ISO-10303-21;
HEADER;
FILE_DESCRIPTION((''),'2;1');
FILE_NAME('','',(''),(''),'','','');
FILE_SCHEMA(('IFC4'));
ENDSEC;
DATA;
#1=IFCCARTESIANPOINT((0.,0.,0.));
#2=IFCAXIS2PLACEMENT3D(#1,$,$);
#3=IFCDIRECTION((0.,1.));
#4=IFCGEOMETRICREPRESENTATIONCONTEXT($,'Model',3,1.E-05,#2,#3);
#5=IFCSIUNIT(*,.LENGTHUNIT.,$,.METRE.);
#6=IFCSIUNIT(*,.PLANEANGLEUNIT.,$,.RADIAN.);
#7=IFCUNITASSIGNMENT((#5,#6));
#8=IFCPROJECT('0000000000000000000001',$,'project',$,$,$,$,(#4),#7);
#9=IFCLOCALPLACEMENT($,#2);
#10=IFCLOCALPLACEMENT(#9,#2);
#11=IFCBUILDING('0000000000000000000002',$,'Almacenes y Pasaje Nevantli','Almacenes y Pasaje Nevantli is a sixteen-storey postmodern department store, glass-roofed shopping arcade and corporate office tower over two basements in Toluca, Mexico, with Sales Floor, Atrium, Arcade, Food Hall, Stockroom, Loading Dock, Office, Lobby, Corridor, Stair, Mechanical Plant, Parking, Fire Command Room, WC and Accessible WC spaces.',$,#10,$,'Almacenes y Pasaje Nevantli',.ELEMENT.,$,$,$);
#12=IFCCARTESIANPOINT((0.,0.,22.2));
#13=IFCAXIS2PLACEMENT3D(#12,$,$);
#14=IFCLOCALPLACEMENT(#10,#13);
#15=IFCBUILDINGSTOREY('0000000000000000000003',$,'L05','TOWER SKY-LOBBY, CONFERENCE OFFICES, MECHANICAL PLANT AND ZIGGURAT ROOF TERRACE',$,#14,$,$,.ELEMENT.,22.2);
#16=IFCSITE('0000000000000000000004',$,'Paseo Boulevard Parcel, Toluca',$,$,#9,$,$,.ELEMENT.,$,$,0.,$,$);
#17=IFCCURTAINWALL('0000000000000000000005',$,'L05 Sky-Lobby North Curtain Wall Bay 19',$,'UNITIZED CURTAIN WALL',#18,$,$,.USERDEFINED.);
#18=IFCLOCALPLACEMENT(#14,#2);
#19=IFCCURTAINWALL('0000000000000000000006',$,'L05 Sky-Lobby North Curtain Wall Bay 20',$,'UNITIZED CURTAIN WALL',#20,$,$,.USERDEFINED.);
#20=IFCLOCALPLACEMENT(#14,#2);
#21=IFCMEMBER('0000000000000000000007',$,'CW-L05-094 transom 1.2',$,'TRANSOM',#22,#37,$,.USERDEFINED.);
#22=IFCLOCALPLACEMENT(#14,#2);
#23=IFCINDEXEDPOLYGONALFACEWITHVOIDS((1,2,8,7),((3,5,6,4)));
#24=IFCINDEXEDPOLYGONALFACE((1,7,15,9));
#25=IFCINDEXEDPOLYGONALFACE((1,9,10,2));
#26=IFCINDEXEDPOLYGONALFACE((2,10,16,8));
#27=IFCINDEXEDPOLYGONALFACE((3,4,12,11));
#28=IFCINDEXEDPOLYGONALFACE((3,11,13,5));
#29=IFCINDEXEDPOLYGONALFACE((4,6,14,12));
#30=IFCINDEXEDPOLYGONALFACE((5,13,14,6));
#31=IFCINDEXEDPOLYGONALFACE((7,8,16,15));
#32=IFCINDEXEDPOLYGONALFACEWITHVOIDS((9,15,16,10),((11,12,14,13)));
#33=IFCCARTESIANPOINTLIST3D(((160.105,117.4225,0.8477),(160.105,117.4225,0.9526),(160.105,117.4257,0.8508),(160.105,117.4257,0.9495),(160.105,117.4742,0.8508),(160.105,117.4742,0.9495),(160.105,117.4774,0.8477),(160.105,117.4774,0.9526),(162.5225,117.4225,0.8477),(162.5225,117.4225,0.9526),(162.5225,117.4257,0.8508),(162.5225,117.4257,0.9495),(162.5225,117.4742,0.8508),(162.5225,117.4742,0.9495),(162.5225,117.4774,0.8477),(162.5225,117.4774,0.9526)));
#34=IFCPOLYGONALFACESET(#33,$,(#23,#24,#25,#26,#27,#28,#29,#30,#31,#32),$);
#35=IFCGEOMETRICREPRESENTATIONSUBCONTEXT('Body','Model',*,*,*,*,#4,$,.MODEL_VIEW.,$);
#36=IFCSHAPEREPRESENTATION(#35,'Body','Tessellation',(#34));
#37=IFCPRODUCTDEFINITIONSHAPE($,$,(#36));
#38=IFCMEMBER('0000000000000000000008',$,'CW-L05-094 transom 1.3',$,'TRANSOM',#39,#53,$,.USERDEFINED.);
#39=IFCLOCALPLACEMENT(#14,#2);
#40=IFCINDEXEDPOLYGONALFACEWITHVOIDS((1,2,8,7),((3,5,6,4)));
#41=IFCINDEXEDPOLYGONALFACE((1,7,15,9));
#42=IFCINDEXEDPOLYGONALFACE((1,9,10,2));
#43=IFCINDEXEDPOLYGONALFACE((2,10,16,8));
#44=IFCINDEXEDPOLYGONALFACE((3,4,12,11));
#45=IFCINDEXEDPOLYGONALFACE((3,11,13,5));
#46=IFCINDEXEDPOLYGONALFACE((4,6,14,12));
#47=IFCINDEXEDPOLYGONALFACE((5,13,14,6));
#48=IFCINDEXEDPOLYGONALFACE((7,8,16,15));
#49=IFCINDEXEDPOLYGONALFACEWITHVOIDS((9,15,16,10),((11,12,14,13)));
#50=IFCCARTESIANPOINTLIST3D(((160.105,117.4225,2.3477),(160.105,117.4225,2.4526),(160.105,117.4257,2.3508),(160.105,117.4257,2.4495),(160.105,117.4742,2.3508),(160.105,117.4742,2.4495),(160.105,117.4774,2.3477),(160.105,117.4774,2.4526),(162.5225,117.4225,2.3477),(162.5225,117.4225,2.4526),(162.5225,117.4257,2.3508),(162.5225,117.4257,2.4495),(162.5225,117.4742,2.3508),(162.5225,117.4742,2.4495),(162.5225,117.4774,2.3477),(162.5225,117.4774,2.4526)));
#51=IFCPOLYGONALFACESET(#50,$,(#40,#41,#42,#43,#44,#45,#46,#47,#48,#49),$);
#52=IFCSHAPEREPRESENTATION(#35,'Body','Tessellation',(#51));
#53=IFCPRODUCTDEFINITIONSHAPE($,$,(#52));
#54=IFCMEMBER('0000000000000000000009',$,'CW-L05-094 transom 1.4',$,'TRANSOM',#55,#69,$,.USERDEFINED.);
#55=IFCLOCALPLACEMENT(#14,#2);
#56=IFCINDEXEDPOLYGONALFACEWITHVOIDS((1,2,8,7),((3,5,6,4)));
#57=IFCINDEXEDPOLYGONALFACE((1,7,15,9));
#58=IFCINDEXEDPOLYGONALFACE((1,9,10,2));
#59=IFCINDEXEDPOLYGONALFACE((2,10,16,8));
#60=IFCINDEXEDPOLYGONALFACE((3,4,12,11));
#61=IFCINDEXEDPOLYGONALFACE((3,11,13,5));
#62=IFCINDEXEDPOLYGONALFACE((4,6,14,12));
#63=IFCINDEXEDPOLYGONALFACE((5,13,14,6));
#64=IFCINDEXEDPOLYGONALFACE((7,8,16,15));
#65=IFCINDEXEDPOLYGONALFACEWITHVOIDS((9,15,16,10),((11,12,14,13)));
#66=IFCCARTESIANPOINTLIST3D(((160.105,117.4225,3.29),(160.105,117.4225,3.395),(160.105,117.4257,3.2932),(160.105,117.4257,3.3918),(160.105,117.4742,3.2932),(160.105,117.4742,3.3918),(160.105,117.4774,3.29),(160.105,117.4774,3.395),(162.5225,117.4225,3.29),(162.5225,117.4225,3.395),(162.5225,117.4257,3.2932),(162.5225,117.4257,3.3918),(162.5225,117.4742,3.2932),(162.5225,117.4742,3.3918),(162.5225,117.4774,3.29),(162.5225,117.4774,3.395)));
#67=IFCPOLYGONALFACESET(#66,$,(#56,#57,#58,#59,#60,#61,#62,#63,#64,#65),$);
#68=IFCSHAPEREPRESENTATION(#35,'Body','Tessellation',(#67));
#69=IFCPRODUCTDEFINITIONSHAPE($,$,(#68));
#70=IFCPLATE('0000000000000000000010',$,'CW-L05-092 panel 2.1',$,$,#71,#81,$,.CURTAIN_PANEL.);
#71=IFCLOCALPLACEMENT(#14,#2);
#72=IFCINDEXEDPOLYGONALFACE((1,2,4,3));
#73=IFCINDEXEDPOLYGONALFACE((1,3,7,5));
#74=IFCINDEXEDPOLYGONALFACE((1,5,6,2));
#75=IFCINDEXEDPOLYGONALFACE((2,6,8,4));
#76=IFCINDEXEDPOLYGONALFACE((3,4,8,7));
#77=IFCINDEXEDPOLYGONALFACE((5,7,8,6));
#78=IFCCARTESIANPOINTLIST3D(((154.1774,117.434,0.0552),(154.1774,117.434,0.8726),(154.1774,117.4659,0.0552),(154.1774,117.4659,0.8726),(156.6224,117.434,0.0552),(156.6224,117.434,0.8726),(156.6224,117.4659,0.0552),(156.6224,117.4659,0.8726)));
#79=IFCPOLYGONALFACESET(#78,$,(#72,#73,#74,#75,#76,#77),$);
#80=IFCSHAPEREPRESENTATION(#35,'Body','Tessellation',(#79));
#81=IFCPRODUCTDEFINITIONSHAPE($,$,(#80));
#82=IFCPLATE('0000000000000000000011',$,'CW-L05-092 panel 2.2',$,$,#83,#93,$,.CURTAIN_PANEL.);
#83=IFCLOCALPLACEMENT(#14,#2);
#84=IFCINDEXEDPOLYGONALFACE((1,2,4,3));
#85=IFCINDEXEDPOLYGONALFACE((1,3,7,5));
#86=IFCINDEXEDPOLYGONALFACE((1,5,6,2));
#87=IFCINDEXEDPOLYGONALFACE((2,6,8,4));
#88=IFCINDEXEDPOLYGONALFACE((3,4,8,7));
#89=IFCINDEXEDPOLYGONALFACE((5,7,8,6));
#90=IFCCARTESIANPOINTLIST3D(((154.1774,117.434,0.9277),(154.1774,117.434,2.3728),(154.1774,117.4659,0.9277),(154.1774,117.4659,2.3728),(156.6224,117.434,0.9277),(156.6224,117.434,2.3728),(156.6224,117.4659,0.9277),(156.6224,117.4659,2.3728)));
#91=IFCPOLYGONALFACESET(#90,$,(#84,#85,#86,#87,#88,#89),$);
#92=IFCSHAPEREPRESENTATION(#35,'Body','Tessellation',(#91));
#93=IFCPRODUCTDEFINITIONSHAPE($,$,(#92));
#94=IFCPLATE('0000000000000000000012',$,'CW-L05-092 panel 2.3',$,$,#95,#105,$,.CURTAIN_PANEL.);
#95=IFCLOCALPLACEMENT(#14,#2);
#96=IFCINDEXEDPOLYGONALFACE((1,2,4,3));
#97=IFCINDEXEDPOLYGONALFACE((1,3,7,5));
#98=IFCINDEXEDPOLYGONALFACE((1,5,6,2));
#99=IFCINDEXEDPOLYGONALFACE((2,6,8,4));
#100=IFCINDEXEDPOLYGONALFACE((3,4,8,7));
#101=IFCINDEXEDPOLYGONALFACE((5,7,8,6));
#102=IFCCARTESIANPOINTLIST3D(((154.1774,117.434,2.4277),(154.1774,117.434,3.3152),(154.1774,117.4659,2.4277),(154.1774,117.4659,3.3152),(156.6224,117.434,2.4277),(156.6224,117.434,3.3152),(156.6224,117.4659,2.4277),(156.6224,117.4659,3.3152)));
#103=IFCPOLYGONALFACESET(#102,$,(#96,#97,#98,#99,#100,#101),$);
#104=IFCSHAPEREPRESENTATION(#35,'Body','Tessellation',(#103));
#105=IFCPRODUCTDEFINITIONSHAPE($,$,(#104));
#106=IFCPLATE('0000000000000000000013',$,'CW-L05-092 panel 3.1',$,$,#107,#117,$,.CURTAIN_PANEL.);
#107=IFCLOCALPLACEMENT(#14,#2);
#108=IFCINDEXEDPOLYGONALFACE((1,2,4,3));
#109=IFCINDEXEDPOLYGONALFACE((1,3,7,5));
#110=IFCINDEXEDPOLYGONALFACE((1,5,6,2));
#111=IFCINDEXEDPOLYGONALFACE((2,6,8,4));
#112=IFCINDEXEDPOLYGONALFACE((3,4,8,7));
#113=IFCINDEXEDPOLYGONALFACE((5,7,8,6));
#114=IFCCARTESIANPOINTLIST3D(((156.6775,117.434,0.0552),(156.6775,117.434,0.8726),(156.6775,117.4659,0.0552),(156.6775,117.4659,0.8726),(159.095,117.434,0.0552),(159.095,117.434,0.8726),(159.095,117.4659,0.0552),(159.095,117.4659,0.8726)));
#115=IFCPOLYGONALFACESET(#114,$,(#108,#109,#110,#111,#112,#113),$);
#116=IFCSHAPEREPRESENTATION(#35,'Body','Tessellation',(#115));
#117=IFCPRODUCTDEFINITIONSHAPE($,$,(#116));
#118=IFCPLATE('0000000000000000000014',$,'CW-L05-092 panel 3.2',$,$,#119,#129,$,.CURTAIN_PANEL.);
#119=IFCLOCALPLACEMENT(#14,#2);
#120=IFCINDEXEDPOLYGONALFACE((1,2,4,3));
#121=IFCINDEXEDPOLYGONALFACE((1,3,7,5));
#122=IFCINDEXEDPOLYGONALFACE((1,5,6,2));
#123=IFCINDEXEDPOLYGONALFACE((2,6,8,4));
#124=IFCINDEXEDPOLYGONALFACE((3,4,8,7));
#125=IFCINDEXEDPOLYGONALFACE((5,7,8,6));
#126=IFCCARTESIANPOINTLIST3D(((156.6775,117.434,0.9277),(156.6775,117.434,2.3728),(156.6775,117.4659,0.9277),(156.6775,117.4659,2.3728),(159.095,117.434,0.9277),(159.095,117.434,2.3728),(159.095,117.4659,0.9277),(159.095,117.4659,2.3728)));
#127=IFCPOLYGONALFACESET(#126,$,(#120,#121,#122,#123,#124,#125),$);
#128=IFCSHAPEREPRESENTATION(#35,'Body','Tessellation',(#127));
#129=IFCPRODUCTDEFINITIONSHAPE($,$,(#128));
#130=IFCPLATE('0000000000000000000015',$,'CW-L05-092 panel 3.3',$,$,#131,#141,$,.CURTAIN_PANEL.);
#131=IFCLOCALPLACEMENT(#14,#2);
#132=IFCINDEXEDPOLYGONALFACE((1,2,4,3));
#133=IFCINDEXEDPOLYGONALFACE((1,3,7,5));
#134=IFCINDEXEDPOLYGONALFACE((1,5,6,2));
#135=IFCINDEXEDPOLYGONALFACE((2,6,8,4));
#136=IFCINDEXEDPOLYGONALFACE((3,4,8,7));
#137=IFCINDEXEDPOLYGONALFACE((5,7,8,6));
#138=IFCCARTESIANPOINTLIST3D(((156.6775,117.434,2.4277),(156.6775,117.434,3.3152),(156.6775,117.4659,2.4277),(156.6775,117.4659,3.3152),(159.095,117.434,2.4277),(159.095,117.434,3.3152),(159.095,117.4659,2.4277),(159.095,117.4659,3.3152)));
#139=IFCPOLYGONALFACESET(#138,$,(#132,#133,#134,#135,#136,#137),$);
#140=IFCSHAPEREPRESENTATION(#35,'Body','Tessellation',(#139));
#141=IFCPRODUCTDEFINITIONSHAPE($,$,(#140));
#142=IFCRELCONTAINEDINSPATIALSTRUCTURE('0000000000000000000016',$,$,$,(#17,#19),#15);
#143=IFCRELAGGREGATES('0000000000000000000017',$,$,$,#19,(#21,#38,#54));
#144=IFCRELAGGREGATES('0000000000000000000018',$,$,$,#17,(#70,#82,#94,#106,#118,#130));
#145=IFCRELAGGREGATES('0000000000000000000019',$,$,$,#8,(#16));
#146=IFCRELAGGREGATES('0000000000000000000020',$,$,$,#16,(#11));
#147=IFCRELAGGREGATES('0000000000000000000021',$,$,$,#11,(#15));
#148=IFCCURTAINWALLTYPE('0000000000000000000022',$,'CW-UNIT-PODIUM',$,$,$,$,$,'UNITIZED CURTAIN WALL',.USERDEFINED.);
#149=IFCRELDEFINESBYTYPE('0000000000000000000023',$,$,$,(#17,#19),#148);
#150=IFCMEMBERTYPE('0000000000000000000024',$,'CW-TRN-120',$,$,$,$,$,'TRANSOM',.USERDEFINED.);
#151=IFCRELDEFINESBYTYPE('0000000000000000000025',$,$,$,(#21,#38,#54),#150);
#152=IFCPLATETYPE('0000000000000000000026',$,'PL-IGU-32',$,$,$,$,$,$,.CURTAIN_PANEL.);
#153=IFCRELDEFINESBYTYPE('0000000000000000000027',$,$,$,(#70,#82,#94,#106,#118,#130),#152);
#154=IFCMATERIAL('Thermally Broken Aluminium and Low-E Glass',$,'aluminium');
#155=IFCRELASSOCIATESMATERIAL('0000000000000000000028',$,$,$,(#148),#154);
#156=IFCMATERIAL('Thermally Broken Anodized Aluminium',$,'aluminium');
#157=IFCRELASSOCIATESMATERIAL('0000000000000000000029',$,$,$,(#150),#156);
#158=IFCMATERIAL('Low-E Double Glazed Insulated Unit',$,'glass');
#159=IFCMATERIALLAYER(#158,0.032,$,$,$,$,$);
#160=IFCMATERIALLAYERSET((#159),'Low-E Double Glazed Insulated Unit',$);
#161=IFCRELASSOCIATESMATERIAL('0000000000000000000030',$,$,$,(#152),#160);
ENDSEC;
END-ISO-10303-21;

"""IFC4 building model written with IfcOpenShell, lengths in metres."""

from ifc_helpers import new_model, si_unit, direction, frame, origin, origin_2d, place, context, subcontext, project, spatial, rectangle, hollow_rectangle, extrude, material, layer, layer_set, material_profile, profile_set, type_object, element, aggregate, save


model = new_model("IFC4")

# Units and contexts
model_context = context("Model", 3, precision=1e-05, world=origin(), true_north=direction((0.0, 1.0)))
body_context = subcontext(model_context, "Body", "Model", "MODEL_VIEW")
ifc_project = project(units=[si_unit("LENGTHUNIT", "METRE"), si_unit("PLANEANGLEUNIT", "RADIAN")], contexts=[model_context])

# Site, building, storey
site_placement = place(None, origin())
site = spatial("IfcSite", under=ifc_project, at=site_placement, Name="Paseo Boulevard Parcel, Toluca", CompositionType="ELEMENT", RefElevation=0.0)
building_placement = place(site_placement, origin())
building = spatial("IfcBuilding", under=site, at=building_placement, Name="Almacenes y Pasaje Nevantli", Description="Almacenes y Pasaje Nevantli is a sixteen-storey postmodern department store, glass-roofed shopping arcade and corporate office tower over two basements in Toluca, Mexico, with Sales Floor, Atrium, Arcade, Food Hall, Stockroom, Loading Dock, Office, Lobby, Corridor, Stair, Mechanical Plant, Parking, Fire Command Room, WC and Accessible WC spaces.", LongName="Almacenes y Pasaje Nevantli", CompositionType="ELEMENT")
storey_placement = place(building_placement, frame((0.0, 0.0, 22.2)))
storey = spatial("IfcBuildingStorey", under=building, at=storey_placement, Name="L05", Description="TOWER SKY-LOBBY, CONFERENCE OFFICES, MECHANICAL PLANT AND ZIGGURAT ROOF TERRACE", CompositionType="ELEMENT", Elevation=22.2)

# Curtain wall
ifc_material_1 = material(Name="Thermally Broken Aluminium and Low-E Glass", Category="aluminium")
curtain_wall_type = type_object("IfcCurtainWallType", Name="CW-UNIT-PODIUM", ElementType="UNITIZED CURTAIN WALL", PredefinedType="USERDEFINED", material=ifc_material_1)
curtain_wall_1_placement = place(storey_placement, origin())
curtain_wall_1 = element("IfcCurtainWall", 1, at=curtain_wall_1_placement, inside=storey, type_object=curtain_wall_type, Name="L05 Sky-Lobby North Curtain Wall Bay 19", ObjectType="UNITIZED CURTAIN WALL", PredefinedType="USERDEFINED")

# Curtain wall
curtain_wall_2_placement = place(storey_placement, origin())
curtain_wall_2 = element("IfcCurtainWall", 2, at=curtain_wall_2_placement, inside=storey, type_object=curtain_wall_type, Name="L05 Sky-Lobby North Curtain Wall Bay 20", ObjectType="UNITIZED CURTAIN WALL", PredefinedType="USERDEFINED")

# Members
ifc_material_2 = material(Name="Thermally Broken Anodized Aluminium", Category="aluminium")
ifc_material_profile_1 = material_profile(ifc_material_2, hollow_rectangle(XDim=0.0549, YDim=0.105, WallThickness=0.0032, at=origin_2d()), Name="ALU-TRN-55x105")
ifc_profile_set_1 = profile_set([ifc_material_profile_1], Name="Thermally Broken Anodized Aluminium")
member_type_1 = type_object("IfcMemberType", Name="CW-TRN-120", ElementType="TRANSOM", PredefinedType="USERDEFINED", material=ifc_profile_set_1)
member_1_placement = place(storey_placement, frame((160.105, 117.45, 0.9001), z_axis=(1.0, 0.0, 0.0), x_axis=(0.0, 1.0, 0.0)))
member_1 = element("IfcMember", 3, at=member_1_placement, type_object=member_type_1, Name="CW-L05-094 transom 1.2", ObjectType="TRANSOM", PredefinedType="USERDEFINED", context=body_context, shape_type="SweptSolid", body=[
    extrude(hollow_rectangle(XDim=0.0549, YDim=0.105, WallThickness=0.0032, at=origin_2d()), origin(), (0.0, 0.0, 1.0), 2.4175),
])
member_2_placement = place(storey_placement, frame((160.105, 117.45, 2.4001), z_axis=(1.0, 0.0, 0.0), x_axis=(0.0, 1.0, 0.0)))
member_2 = element("IfcMember", 4, at=member_2_placement, type_object=member_type_1, Name="CW-L05-094 transom 1.3", ObjectType="TRANSOM", PredefinedType="USERDEFINED", context=body_context, shape_type="SweptSolid", body=[
    extrude(hollow_rectangle(XDim=0.0549, YDim=0.105, WallThickness=0.0032, at=origin_2d()), origin(), (0.0, 0.0, 1.0), 2.4175),
])
member_3_placement = place(storey_placement, frame((160.105, 117.45, 3.3425), z_axis=(1.0, 0.0, 0.0), x_axis=(0.0, 1.0, 0.0)))
member_3 = element("IfcMember", 5, at=member_3_placement, type_object=member_type_1, Name="CW-L05-094 transom 1.4", ObjectType="TRANSOM", PredefinedType="USERDEFINED", context=body_context, shape_type="SweptSolid", body=[
    extrude(hollow_rectangle(XDim=0.0549, YDim=0.105, WallThickness=0.0032, at=origin_2d()), origin(), (0.0, 0.0, 1.0), 2.4175),
])
aggregate(curtain_wall_2, [member_1, member_2, member_3])

# Plates
ifc_material_3 = material(Name="Low-E Double Glazed Insulated Unit", Category="glass")
ifc_layer = layer(ifc_material_3, 0.032)
ifc_layer_set = layer_set([ifc_layer], Name="Low-E Double Glazed Insulated Unit")
plate_type = type_object("IfcPlateType", Name="PL-IGU-32", PredefinedType="CURTAIN_PANEL", material=ifc_layer_set)
plate_1_placement = place(storey_placement, frame((155.3999, 117.45, 0.0552), z_axis=(0.0, 0.0, 1.0), x_axis=(1.0, 0.0, 0.0)))
plate_1 = element("IfcPlate", 6, at=plate_1_placement, type_object=plate_type, Name="CW-L05-092 panel 2.1", PredefinedType="CURTAIN_PANEL", context=body_context, shape_type="SweptSolid", body=[
    extrude(rectangle(XDim=2.4451, YDim=0.032, at=origin_2d()), origin(), (0.0, 0.0, 1.0), 0.8174),
])
plate_2_placement = place(storey_placement, frame((155.3999, 117.45, 0.9277), z_axis=(0.0, 0.0, 1.0), x_axis=(1.0, 0.0, 0.0)))
plate_2 = element("IfcPlate", 7, at=plate_2_placement, type_object=plate_type, Name="CW-L05-092 panel 2.2", PredefinedType="CURTAIN_PANEL", context=body_context, shape_type="SweptSolid", body=[
    extrude(rectangle(XDim=2.4451, YDim=0.032, at=origin_2d()), origin(), (0.0, 0.0, 1.0), 1.4451),
])
plate_3_placement = place(storey_placement, frame((155.3999, 117.45, 2.4277), z_axis=(0.0, 0.0, 1.0), x_axis=(1.0, 0.0, 0.0)))
plate_3 = element("IfcPlate", 8, at=plate_3_placement, type_object=plate_type, Name="CW-L05-092 panel 2.3", PredefinedType="CURTAIN_PANEL", context=body_context, shape_type="SweptSolid", body=[
    extrude(rectangle(XDim=2.4451, YDim=0.032, at=origin_2d()), origin(), (0.0, 0.0, 1.0), 0.8875),
])
plate_4_placement = place(storey_placement, frame((157.8862, 117.45, 0.0552), z_axis=(0.0, 0.0, 1.0), x_axis=(1.0, 0.0, 0.0)))
plate_4 = element("IfcPlate", 9, at=plate_4_placement, type_object=plate_type, Name="CW-L05-092 panel 3.1", PredefinedType="CURTAIN_PANEL", context=body_context, shape_type="SweptSolid", body=[
    extrude(rectangle(XDim=2.4175, YDim=0.032, at=origin_2d()), origin(), (0.0, 0.0, 1.0), 0.8174),
])
plate_5_placement = place(storey_placement, frame((157.8862, 117.45, 0.9277), z_axis=(0.0, 0.0, 1.0), x_axis=(1.0, 0.0, 0.0)))
plate_5 = element("IfcPlate", 10, at=plate_5_placement, type_object=plate_type, Name="CW-L05-092 panel 3.2", PredefinedType="CURTAIN_PANEL", context=body_context, shape_type="SweptSolid", body=[
    extrude(rectangle(XDim=2.4175, YDim=0.032, at=origin_2d()), origin(), (0.0, 0.0, 1.0), 1.4451),
])
plate_6_placement = place(storey_placement, frame((157.8862, 117.45, 2.4277), z_axis=(0.0, 0.0, 1.0), x_axis=(1.0, 0.0, 0.0)))
plate_6 = element("IfcPlate", 11, at=plate_6_placement, type_object=plate_type, Name="CW-L05-092 panel 3.3", PredefinedType="CURTAIN_PANEL", context=body_context, shape_type="SweptSolid", body=[
    extrude(rectangle(XDim=2.4175, YDim=0.032, at=origin_2d()), origin(), (0.0, 0.0, 1.0), 0.8875),
])
aggregate(curtain_wall_1, [plate_1, plate_2, plate_3, plate_4, plate_5, plate_6])

save(model, "model.ifc")
